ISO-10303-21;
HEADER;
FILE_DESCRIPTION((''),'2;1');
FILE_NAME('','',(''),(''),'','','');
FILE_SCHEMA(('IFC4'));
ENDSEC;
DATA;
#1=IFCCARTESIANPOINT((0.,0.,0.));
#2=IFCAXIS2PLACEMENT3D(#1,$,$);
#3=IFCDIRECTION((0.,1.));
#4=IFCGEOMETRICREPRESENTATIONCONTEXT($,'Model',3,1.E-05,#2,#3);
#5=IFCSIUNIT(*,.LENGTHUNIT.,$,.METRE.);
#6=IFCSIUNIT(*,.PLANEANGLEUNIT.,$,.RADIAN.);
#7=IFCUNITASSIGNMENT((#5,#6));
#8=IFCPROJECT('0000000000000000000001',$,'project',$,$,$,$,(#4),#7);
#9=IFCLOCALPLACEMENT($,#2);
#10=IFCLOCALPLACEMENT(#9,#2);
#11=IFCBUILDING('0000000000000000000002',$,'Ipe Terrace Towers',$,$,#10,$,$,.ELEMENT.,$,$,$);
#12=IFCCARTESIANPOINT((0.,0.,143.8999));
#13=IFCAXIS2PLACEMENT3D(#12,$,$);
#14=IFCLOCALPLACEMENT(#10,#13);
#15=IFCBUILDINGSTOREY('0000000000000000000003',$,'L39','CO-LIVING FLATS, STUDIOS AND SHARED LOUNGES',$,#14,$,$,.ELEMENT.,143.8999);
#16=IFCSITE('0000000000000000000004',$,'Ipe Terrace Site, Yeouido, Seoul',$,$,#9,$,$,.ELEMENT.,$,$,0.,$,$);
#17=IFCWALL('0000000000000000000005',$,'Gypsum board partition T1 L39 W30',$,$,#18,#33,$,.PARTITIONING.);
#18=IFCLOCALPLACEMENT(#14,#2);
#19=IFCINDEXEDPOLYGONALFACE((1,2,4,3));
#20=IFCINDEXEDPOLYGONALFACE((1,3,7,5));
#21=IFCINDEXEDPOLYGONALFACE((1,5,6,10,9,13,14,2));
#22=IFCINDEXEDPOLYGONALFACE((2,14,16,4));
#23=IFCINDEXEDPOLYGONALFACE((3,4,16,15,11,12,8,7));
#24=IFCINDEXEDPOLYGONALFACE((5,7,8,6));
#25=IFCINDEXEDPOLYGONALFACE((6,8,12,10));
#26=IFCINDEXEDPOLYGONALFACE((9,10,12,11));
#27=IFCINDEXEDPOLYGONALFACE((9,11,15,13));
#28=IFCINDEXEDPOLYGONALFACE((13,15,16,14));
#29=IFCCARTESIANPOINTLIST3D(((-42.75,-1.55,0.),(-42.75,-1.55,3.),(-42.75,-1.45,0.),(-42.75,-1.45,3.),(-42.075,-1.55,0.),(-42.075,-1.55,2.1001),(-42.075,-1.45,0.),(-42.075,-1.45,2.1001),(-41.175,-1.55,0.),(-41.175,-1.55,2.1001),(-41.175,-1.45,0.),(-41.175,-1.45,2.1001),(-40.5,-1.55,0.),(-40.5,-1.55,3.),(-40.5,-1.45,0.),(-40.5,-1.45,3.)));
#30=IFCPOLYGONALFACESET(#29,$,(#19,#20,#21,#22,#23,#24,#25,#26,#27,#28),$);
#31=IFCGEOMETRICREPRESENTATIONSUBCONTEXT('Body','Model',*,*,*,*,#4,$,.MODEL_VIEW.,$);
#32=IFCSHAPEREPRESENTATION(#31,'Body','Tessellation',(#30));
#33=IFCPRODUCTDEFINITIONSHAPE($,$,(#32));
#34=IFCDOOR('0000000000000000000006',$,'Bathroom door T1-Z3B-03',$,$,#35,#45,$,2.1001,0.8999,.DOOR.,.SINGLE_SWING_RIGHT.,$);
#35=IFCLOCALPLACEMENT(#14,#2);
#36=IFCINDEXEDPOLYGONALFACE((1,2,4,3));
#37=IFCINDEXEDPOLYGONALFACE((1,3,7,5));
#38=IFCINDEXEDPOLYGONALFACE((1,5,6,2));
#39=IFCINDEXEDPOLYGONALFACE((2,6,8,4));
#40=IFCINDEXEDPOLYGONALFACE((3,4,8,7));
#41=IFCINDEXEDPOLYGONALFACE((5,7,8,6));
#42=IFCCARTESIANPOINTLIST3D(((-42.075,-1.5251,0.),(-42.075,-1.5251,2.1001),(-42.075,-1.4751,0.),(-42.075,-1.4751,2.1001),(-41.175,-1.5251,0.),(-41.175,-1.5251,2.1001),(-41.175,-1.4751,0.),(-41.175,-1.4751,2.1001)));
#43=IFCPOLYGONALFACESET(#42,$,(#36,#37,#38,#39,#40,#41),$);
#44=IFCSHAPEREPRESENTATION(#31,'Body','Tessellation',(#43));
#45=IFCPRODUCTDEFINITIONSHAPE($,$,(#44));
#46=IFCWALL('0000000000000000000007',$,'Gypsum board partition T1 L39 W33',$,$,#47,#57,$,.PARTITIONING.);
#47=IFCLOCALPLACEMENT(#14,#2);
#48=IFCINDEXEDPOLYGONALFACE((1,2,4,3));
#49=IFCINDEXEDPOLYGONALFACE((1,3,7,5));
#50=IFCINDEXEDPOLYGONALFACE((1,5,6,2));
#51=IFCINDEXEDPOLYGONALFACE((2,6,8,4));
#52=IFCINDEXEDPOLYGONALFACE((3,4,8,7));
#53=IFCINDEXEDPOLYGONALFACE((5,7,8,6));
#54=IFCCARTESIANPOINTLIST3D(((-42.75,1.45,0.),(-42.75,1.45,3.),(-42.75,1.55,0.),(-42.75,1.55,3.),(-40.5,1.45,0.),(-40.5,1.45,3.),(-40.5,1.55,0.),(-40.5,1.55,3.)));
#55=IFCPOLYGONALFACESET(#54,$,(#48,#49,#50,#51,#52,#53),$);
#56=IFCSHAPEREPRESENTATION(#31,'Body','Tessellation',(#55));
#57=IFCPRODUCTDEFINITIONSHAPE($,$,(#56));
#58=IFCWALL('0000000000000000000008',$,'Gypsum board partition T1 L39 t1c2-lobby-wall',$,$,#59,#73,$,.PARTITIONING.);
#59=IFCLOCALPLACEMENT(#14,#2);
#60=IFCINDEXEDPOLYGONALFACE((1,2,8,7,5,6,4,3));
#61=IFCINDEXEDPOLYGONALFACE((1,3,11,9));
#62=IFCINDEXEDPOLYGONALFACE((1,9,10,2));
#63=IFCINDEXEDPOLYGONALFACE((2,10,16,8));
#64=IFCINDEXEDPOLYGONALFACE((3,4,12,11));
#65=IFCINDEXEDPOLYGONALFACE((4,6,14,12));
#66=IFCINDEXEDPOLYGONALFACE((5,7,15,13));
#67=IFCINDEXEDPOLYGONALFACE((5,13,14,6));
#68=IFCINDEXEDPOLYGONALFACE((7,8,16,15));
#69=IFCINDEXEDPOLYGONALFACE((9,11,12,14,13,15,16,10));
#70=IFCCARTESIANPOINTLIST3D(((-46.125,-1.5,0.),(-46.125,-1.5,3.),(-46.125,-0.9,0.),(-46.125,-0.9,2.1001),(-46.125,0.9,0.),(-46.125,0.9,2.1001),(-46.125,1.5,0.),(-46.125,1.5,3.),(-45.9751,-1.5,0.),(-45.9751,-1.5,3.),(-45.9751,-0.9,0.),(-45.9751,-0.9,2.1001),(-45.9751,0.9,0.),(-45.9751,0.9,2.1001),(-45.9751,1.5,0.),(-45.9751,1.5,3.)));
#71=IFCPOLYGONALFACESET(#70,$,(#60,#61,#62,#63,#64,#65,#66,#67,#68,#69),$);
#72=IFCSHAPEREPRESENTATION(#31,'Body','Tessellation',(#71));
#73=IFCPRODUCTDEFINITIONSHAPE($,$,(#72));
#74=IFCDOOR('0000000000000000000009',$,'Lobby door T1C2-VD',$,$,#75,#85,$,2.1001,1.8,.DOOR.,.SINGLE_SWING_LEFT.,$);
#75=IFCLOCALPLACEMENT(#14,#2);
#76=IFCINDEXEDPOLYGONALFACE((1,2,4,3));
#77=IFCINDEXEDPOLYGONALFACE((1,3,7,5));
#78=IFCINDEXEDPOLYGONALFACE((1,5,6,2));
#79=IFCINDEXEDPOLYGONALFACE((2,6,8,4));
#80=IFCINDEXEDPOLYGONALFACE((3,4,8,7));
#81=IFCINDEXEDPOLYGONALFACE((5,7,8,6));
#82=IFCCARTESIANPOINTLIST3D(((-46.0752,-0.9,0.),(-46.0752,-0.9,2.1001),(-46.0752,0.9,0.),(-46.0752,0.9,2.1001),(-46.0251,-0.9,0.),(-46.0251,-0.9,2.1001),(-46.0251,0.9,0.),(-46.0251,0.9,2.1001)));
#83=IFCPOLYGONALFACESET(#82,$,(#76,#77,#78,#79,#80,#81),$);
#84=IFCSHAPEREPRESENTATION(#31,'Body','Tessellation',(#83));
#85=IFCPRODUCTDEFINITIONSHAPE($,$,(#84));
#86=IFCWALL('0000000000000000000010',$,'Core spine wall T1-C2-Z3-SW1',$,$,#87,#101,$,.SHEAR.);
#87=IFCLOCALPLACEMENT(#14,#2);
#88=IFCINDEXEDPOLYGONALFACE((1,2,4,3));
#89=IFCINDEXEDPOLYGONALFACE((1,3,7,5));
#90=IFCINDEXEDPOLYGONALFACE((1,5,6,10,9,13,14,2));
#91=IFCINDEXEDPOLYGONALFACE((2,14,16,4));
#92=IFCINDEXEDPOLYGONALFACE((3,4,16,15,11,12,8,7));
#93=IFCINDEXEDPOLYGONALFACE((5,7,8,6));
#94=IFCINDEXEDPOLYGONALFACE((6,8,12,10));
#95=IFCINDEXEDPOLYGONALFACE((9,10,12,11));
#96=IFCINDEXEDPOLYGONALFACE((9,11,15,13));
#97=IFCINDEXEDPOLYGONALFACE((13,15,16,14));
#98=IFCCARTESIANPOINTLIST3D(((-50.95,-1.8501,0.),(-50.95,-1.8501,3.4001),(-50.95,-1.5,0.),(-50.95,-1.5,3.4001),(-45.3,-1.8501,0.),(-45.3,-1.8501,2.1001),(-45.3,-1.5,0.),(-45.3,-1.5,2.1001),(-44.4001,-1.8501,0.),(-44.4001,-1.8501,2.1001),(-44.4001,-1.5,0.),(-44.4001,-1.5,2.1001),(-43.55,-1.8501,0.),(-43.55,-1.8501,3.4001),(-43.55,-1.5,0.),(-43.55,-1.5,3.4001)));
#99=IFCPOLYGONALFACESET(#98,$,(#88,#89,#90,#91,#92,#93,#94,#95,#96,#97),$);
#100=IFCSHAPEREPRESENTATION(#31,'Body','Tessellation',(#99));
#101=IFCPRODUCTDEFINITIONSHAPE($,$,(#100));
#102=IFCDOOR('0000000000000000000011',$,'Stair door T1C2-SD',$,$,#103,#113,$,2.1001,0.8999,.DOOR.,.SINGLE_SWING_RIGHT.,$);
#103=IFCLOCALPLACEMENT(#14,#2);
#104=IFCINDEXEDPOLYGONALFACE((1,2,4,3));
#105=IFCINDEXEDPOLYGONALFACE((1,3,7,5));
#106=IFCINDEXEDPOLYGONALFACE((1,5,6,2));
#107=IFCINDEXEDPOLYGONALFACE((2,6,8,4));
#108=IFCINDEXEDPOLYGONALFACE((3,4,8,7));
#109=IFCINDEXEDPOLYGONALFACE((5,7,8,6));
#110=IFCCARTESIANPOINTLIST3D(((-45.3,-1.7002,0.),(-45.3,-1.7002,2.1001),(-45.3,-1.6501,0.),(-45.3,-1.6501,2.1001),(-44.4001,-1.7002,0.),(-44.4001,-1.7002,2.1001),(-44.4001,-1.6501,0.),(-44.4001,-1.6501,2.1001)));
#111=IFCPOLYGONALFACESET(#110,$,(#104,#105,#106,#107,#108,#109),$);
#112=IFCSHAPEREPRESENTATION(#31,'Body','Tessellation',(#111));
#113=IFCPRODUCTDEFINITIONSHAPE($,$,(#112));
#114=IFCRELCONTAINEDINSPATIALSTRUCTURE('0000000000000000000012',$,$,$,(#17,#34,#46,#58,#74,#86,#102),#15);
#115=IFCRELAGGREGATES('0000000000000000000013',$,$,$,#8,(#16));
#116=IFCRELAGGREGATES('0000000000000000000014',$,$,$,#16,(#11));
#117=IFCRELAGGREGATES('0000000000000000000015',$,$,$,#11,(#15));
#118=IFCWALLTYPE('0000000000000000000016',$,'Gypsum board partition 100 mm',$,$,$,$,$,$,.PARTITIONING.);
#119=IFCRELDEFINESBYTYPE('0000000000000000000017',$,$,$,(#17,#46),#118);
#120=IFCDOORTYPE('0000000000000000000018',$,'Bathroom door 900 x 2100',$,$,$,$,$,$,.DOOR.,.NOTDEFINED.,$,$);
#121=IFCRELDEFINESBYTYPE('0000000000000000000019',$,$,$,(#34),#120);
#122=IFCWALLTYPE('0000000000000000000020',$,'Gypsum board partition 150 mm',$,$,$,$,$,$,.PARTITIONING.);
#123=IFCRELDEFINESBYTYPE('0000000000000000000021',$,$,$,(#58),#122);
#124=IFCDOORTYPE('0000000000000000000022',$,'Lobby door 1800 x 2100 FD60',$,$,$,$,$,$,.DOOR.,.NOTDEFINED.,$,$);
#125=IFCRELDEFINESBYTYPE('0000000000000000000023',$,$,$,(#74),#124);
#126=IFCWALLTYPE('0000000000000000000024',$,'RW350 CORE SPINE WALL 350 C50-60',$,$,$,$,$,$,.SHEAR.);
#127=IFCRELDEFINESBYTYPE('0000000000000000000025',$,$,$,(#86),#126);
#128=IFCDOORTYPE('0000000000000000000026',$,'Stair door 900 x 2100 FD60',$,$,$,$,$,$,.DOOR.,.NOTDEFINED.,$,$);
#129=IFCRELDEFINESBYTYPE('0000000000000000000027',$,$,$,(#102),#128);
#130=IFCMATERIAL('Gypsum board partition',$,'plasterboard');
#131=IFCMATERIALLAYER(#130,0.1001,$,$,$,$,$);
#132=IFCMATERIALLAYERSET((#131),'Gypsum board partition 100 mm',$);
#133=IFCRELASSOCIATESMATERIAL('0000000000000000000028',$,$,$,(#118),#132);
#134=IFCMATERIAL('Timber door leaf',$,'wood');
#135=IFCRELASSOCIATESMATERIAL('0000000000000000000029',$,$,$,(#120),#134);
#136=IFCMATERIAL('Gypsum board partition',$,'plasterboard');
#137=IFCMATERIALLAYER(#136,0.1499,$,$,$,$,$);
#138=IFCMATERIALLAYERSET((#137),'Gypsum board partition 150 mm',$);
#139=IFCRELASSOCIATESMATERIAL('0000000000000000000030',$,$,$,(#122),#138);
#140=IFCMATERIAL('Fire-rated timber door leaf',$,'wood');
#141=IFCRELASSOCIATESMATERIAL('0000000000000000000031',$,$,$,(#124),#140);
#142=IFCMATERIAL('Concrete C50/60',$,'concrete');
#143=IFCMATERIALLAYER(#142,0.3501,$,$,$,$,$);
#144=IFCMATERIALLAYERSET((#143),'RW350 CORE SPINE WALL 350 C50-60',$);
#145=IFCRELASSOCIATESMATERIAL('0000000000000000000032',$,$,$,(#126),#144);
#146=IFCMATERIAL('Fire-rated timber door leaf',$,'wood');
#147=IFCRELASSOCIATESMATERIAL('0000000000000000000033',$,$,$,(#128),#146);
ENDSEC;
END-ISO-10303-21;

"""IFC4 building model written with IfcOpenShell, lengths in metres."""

from ifc_helpers import new_model, si_unit, direction, frame, frame_2d, origin, place, context, subcontext, project, spatial, rectangle, extrude, material, layer, layer_set, type_object, element, fill, save


model = new_model("IFC4")

# Units and contexts
model_context = context("Model", 3, precision=1e-05, world=origin(), true_north=direction((0.0, 1.0)))
body_context = subcontext(model_context, "Body", "Model", "MODEL_VIEW")
ifc_project = project(units=[si_unit("LENGTHUNIT", "METRE"), si_unit("PLANEANGLEUNIT", "RADIAN")], contexts=[model_context])

# Site, building, storey
site_placement = place(None, origin())
site = spatial("IfcSite", under=ifc_project, at=site_placement, Name="Ipe Terrace Site, Yeouido, Seoul", CompositionType="ELEMENT", RefElevation=0.0)
building_placement = place(site_placement, origin())
building = spatial("IfcBuilding", under=site, at=building_placement, Name="Ipe Terrace Towers", CompositionType="ELEMENT")
storey_placement = place(building_placement, frame((0.0, 0.0, 143.8999)))
storey = spatial("IfcBuildingStorey", under=building, at=storey_placement, Name="L39", Description="CO-LIVING FLATS, STUDIOS AND SHARED LOUNGES", CompositionType="ELEMENT", Elevation=143.8999)

# Wall, opening, door
ifc_material_1 = material(Name="Gypsum board partition", Category="plasterboard")
ifc_layer_1 = layer(ifc_material_1, 0.1001)
ifc_layer_set_1 = layer_set([ifc_layer_1], Name="Gypsum board partition 100 mm")
wall_type_1 = type_object("IfcWallType", Name="Gypsum board partition 100 mm", PredefinedType="PARTITIONING", material=ifc_layer_set_1)
wall_1_placement = place(storey_placement, frame((-42.75, -1.5, 0.0), z_axis=(0.0, 0.0, 1.0), x_axis=(1.0, 0.0, 0.0)))
wall_1 = element("IfcWall", 1, at=wall_1_placement, inside=storey, type_object=wall_type_1, Name="Gypsum board partition T1 L39 W30", PredefinedType="PARTITIONING", context=body_context, shape_type="SweptSolid", body=[
    extrude(rectangle(XDim=2.25, YDim=0.1001, at=frame_2d((1.125, 0.0))), origin(), (0.0, 0.0, 1.0), 3.0),
])
opening_1_placement = place(wall_1_placement, frame((0.675, 0.0, 0.0)))
opening_1 = element("IfcOpeningElement", 2, at=opening_1_placement, cuts=wall_1, PredefinedType="OPENING", context=body_context, shape_type="SweptSolid", body=[
    extrude(rectangle(XDim=0.8999, YDim=2.1001, at=frame_2d((0.45, 1.05))), frame((0.0, 0.0601, 0.0), z_axis=(0.0, -1.0, 0.0), x_axis=(1.0, 0.0, 0.0)), (0.0, 0.0, 1.0), 0.1201),
])
ifc_material_2 = material(Name="Timber door leaf", Category="wood")
door_type_1 = type_object("IfcDoorType", Name="Bathroom door 900 x 2100", OperationType="NOTDEFINED", PredefinedType="DOOR", material=ifc_material_2)
door_1_placement = place(opening_1_placement, origin())
door_1 = element("IfcDoor", 3, at=door_1_placement, inside=storey, type_object=door_type_1, Name="Bathroom door T1-Z3B-03", OperationType="SINGLE_SWING_RIGHT", OverallHeight=2.1001, OverallWidth=0.8999, PredefinedType="DOOR", context=body_context, shape_type="SweptSolid", body=[
    extrude(rectangle(XDim=0.8999, YDim=2.1001, at=frame_2d((0.45, 1.05))), frame((0.0, 0.0249, 0.0), z_axis=(0.0, -1.0, 0.0), x_axis=(1.0, 0.0, 0.0)), (0.0, 0.0, 1.0), 0.05),
])
fill(opening_1, door_1)

# Wall
wall_2_placement = place(storey_placement, frame((-42.75, 1.5, 0.0), z_axis=(0.0, 0.0, 1.0), x_axis=(1.0, 0.0, 0.0)))
element("IfcWall", 4, at=wall_2_placement, inside=storey, type_object=wall_type_1, Name="Gypsum board partition T1 L39 W33", PredefinedType="PARTITIONING", context=body_context, shape_type="SweptSolid", body=[
    extrude(rectangle(XDim=2.25, YDim=0.1001, at=frame_2d((1.125, 0.0))), origin(), (0.0, 0.0, 1.0), 3.0),
])

# Walls, openings, doors
ifc_material_3 = material(Name="Gypsum board partition", Category="plasterboard")
ifc_layer_2 = layer(ifc_material_3, 0.1499)
ifc_layer_set_2 = layer_set([ifc_layer_2], Name="Gypsum board partition 150 mm")
wall_type_2 = type_object("IfcWallType", Name="Gypsum board partition 150 mm", PredefinedType="PARTITIONING", material=ifc_layer_set_2)
wall_3_placement = place(storey_placement, frame((-46.05, 1.5, 0.0), z_axis=(0.0, 0.0, 1.0), x_axis=(0.0, -1.0, 0.0)))
wall_3 = element("IfcWall", 5, at=wall_3_placement, inside=storey, type_object=wall_type_2, Name="Gypsum board partition T1 L39 t1c2-lobby-wall", PredefinedType="PARTITIONING", context=body_context, shape_type="SweptSolid", body=[
    extrude(rectangle(XDim=3.0, YDim=0.1499, at=frame_2d((1.5, 0.0))), origin(), (0.0, 0.0, 1.0), 3.0),
])
opening_2_placement = place(wall_3_placement, frame((0.6001, 0.0, 0.0)))
opening_2 = element("IfcOpeningElement", 6, at=opening_2_placement, cuts=wall_3, PredefinedType="OPENING", context=body_context, shape_type="SweptSolid", body=[
    extrude(rectangle(XDim=1.8, YDim=2.1001, at=frame_2d((0.8999, 1.05))), frame((0.0, 0.085, 0.0), z_axis=(0.0, -1.0, 0.0), x_axis=(1.0, 0.0, 0.0)), (0.0, 0.0, 1.0), 0.1699),
])
ifc_material_4 = material(Name="Fire-rated timber door leaf", Category="wood")
door_type_2 = type_object("IfcDoorType", Name="Lobby door 1800 x 2100 FD60", OperationType="NOTDEFINED", PredefinedType="DOOR", material=ifc_material_4)
door_2_placement = place(opening_2_placement, origin())
door_2 = element("IfcDoor", 7, at=door_2_placement, inside=storey, type_object=door_type_2, Name="Lobby door T1C2-VD", OperationType="SINGLE_SWING_LEFT", OverallHeight=2.1001, OverallWidth=1.8, PredefinedType="DOOR", context=body_context, shape_type="SweptSolid", body=[
    extrude(rectangle(XDim=1.8, YDim=2.1001, at=frame_2d((0.8999, 1.05))), frame((0.0, 0.0249, 0.0), z_axis=(0.0, -1.0, 0.0), x_axis=(1.0, 0.0, 0.0)), (0.0, 0.0, 1.0), 0.05),
])
fill(opening_2, door_2)
ifc_material_5 = material(Name="Concrete C50/60", Category="concrete")
ifc_layer_3 = layer(ifc_material_5, 0.3501)
ifc_layer_set_3 = layer_set([ifc_layer_3], Name="RW350 CORE SPINE WALL 350 C50-60")
wall_type_3 = type_object("IfcWallType", Name="RW350 CORE SPINE WALL 350 C50-60", PredefinedType="SHEAR", material=ifc_layer_set_3)
wall_4_placement = place(storey_placement, frame((-50.95, -1.675, 0.0), z_axis=(0.0, 0.0, 1.0), x_axis=(1.0, 0.0, 0.0)))
wall_4 = element("IfcWall", 8, at=wall_4_placement, inside=storey, type_object=wall_type_3, Name="Core spine wall T1-C2-Z3-SW1", PredefinedType="SHEAR", context=body_context, shape_type="SweptSolid", body=[
    extrude(rectangle(XDim=7.3999, YDim=0.3501, at=frame_2d((3.7, 0.0))), origin(), (0.0, 0.0, 1.0), 3.4001),
])
opening_3_placement = place(wall_4_placement, frame((5.6499, 0.0, 0.0)))
opening_3 = element("IfcOpeningElement", 9, at=opening_3_placement, cuts=wall_4, PredefinedType="OPENING", context=body_context, shape_type="SweptSolid", body=[
    extrude(rectangle(XDim=0.8999, YDim=2.1001, at=frame_2d((0.45, 1.05))), frame((0.0, 0.1851, 0.0), z_axis=(0.0, -1.0, 0.0), x_axis=(1.0, 0.0, 0.0)), (0.0, 0.0, 1.0), 0.3701),
])
ifc_material_6 = material(Name="Fire-rated timber door leaf", Category="wood")
door_type_3 = type_object("IfcDoorType", Name="Stair door 900 x 2100 FD60", OperationType="NOTDEFINED", PredefinedType="DOOR", material=ifc_material_6)
door_3_placement = place(opening_3_placement, origin())
door_3 = element("IfcDoor", 10, at=door_3_placement, inside=storey, type_object=door_type_3, Name="Stair door T1C2-SD", OperationType="SINGLE_SWING_RIGHT", OverallHeight=2.1001, OverallWidth=0.8999, PredefinedType="DOOR", context=body_context, shape_type="SweptSolid", body=[
    extrude(rectangle(XDim=0.8999, YDim=2.1001, at=frame_2d((0.45, 1.05))), frame((0.0, 0.0249, 0.0), z_axis=(0.0, -1.0, 0.0), x_axis=(1.0, 0.0, 0.0)), (0.0, 0.0, 1.0), 0.05),
])
fill(opening_3, door_3)

save(model, "model.ifc")
